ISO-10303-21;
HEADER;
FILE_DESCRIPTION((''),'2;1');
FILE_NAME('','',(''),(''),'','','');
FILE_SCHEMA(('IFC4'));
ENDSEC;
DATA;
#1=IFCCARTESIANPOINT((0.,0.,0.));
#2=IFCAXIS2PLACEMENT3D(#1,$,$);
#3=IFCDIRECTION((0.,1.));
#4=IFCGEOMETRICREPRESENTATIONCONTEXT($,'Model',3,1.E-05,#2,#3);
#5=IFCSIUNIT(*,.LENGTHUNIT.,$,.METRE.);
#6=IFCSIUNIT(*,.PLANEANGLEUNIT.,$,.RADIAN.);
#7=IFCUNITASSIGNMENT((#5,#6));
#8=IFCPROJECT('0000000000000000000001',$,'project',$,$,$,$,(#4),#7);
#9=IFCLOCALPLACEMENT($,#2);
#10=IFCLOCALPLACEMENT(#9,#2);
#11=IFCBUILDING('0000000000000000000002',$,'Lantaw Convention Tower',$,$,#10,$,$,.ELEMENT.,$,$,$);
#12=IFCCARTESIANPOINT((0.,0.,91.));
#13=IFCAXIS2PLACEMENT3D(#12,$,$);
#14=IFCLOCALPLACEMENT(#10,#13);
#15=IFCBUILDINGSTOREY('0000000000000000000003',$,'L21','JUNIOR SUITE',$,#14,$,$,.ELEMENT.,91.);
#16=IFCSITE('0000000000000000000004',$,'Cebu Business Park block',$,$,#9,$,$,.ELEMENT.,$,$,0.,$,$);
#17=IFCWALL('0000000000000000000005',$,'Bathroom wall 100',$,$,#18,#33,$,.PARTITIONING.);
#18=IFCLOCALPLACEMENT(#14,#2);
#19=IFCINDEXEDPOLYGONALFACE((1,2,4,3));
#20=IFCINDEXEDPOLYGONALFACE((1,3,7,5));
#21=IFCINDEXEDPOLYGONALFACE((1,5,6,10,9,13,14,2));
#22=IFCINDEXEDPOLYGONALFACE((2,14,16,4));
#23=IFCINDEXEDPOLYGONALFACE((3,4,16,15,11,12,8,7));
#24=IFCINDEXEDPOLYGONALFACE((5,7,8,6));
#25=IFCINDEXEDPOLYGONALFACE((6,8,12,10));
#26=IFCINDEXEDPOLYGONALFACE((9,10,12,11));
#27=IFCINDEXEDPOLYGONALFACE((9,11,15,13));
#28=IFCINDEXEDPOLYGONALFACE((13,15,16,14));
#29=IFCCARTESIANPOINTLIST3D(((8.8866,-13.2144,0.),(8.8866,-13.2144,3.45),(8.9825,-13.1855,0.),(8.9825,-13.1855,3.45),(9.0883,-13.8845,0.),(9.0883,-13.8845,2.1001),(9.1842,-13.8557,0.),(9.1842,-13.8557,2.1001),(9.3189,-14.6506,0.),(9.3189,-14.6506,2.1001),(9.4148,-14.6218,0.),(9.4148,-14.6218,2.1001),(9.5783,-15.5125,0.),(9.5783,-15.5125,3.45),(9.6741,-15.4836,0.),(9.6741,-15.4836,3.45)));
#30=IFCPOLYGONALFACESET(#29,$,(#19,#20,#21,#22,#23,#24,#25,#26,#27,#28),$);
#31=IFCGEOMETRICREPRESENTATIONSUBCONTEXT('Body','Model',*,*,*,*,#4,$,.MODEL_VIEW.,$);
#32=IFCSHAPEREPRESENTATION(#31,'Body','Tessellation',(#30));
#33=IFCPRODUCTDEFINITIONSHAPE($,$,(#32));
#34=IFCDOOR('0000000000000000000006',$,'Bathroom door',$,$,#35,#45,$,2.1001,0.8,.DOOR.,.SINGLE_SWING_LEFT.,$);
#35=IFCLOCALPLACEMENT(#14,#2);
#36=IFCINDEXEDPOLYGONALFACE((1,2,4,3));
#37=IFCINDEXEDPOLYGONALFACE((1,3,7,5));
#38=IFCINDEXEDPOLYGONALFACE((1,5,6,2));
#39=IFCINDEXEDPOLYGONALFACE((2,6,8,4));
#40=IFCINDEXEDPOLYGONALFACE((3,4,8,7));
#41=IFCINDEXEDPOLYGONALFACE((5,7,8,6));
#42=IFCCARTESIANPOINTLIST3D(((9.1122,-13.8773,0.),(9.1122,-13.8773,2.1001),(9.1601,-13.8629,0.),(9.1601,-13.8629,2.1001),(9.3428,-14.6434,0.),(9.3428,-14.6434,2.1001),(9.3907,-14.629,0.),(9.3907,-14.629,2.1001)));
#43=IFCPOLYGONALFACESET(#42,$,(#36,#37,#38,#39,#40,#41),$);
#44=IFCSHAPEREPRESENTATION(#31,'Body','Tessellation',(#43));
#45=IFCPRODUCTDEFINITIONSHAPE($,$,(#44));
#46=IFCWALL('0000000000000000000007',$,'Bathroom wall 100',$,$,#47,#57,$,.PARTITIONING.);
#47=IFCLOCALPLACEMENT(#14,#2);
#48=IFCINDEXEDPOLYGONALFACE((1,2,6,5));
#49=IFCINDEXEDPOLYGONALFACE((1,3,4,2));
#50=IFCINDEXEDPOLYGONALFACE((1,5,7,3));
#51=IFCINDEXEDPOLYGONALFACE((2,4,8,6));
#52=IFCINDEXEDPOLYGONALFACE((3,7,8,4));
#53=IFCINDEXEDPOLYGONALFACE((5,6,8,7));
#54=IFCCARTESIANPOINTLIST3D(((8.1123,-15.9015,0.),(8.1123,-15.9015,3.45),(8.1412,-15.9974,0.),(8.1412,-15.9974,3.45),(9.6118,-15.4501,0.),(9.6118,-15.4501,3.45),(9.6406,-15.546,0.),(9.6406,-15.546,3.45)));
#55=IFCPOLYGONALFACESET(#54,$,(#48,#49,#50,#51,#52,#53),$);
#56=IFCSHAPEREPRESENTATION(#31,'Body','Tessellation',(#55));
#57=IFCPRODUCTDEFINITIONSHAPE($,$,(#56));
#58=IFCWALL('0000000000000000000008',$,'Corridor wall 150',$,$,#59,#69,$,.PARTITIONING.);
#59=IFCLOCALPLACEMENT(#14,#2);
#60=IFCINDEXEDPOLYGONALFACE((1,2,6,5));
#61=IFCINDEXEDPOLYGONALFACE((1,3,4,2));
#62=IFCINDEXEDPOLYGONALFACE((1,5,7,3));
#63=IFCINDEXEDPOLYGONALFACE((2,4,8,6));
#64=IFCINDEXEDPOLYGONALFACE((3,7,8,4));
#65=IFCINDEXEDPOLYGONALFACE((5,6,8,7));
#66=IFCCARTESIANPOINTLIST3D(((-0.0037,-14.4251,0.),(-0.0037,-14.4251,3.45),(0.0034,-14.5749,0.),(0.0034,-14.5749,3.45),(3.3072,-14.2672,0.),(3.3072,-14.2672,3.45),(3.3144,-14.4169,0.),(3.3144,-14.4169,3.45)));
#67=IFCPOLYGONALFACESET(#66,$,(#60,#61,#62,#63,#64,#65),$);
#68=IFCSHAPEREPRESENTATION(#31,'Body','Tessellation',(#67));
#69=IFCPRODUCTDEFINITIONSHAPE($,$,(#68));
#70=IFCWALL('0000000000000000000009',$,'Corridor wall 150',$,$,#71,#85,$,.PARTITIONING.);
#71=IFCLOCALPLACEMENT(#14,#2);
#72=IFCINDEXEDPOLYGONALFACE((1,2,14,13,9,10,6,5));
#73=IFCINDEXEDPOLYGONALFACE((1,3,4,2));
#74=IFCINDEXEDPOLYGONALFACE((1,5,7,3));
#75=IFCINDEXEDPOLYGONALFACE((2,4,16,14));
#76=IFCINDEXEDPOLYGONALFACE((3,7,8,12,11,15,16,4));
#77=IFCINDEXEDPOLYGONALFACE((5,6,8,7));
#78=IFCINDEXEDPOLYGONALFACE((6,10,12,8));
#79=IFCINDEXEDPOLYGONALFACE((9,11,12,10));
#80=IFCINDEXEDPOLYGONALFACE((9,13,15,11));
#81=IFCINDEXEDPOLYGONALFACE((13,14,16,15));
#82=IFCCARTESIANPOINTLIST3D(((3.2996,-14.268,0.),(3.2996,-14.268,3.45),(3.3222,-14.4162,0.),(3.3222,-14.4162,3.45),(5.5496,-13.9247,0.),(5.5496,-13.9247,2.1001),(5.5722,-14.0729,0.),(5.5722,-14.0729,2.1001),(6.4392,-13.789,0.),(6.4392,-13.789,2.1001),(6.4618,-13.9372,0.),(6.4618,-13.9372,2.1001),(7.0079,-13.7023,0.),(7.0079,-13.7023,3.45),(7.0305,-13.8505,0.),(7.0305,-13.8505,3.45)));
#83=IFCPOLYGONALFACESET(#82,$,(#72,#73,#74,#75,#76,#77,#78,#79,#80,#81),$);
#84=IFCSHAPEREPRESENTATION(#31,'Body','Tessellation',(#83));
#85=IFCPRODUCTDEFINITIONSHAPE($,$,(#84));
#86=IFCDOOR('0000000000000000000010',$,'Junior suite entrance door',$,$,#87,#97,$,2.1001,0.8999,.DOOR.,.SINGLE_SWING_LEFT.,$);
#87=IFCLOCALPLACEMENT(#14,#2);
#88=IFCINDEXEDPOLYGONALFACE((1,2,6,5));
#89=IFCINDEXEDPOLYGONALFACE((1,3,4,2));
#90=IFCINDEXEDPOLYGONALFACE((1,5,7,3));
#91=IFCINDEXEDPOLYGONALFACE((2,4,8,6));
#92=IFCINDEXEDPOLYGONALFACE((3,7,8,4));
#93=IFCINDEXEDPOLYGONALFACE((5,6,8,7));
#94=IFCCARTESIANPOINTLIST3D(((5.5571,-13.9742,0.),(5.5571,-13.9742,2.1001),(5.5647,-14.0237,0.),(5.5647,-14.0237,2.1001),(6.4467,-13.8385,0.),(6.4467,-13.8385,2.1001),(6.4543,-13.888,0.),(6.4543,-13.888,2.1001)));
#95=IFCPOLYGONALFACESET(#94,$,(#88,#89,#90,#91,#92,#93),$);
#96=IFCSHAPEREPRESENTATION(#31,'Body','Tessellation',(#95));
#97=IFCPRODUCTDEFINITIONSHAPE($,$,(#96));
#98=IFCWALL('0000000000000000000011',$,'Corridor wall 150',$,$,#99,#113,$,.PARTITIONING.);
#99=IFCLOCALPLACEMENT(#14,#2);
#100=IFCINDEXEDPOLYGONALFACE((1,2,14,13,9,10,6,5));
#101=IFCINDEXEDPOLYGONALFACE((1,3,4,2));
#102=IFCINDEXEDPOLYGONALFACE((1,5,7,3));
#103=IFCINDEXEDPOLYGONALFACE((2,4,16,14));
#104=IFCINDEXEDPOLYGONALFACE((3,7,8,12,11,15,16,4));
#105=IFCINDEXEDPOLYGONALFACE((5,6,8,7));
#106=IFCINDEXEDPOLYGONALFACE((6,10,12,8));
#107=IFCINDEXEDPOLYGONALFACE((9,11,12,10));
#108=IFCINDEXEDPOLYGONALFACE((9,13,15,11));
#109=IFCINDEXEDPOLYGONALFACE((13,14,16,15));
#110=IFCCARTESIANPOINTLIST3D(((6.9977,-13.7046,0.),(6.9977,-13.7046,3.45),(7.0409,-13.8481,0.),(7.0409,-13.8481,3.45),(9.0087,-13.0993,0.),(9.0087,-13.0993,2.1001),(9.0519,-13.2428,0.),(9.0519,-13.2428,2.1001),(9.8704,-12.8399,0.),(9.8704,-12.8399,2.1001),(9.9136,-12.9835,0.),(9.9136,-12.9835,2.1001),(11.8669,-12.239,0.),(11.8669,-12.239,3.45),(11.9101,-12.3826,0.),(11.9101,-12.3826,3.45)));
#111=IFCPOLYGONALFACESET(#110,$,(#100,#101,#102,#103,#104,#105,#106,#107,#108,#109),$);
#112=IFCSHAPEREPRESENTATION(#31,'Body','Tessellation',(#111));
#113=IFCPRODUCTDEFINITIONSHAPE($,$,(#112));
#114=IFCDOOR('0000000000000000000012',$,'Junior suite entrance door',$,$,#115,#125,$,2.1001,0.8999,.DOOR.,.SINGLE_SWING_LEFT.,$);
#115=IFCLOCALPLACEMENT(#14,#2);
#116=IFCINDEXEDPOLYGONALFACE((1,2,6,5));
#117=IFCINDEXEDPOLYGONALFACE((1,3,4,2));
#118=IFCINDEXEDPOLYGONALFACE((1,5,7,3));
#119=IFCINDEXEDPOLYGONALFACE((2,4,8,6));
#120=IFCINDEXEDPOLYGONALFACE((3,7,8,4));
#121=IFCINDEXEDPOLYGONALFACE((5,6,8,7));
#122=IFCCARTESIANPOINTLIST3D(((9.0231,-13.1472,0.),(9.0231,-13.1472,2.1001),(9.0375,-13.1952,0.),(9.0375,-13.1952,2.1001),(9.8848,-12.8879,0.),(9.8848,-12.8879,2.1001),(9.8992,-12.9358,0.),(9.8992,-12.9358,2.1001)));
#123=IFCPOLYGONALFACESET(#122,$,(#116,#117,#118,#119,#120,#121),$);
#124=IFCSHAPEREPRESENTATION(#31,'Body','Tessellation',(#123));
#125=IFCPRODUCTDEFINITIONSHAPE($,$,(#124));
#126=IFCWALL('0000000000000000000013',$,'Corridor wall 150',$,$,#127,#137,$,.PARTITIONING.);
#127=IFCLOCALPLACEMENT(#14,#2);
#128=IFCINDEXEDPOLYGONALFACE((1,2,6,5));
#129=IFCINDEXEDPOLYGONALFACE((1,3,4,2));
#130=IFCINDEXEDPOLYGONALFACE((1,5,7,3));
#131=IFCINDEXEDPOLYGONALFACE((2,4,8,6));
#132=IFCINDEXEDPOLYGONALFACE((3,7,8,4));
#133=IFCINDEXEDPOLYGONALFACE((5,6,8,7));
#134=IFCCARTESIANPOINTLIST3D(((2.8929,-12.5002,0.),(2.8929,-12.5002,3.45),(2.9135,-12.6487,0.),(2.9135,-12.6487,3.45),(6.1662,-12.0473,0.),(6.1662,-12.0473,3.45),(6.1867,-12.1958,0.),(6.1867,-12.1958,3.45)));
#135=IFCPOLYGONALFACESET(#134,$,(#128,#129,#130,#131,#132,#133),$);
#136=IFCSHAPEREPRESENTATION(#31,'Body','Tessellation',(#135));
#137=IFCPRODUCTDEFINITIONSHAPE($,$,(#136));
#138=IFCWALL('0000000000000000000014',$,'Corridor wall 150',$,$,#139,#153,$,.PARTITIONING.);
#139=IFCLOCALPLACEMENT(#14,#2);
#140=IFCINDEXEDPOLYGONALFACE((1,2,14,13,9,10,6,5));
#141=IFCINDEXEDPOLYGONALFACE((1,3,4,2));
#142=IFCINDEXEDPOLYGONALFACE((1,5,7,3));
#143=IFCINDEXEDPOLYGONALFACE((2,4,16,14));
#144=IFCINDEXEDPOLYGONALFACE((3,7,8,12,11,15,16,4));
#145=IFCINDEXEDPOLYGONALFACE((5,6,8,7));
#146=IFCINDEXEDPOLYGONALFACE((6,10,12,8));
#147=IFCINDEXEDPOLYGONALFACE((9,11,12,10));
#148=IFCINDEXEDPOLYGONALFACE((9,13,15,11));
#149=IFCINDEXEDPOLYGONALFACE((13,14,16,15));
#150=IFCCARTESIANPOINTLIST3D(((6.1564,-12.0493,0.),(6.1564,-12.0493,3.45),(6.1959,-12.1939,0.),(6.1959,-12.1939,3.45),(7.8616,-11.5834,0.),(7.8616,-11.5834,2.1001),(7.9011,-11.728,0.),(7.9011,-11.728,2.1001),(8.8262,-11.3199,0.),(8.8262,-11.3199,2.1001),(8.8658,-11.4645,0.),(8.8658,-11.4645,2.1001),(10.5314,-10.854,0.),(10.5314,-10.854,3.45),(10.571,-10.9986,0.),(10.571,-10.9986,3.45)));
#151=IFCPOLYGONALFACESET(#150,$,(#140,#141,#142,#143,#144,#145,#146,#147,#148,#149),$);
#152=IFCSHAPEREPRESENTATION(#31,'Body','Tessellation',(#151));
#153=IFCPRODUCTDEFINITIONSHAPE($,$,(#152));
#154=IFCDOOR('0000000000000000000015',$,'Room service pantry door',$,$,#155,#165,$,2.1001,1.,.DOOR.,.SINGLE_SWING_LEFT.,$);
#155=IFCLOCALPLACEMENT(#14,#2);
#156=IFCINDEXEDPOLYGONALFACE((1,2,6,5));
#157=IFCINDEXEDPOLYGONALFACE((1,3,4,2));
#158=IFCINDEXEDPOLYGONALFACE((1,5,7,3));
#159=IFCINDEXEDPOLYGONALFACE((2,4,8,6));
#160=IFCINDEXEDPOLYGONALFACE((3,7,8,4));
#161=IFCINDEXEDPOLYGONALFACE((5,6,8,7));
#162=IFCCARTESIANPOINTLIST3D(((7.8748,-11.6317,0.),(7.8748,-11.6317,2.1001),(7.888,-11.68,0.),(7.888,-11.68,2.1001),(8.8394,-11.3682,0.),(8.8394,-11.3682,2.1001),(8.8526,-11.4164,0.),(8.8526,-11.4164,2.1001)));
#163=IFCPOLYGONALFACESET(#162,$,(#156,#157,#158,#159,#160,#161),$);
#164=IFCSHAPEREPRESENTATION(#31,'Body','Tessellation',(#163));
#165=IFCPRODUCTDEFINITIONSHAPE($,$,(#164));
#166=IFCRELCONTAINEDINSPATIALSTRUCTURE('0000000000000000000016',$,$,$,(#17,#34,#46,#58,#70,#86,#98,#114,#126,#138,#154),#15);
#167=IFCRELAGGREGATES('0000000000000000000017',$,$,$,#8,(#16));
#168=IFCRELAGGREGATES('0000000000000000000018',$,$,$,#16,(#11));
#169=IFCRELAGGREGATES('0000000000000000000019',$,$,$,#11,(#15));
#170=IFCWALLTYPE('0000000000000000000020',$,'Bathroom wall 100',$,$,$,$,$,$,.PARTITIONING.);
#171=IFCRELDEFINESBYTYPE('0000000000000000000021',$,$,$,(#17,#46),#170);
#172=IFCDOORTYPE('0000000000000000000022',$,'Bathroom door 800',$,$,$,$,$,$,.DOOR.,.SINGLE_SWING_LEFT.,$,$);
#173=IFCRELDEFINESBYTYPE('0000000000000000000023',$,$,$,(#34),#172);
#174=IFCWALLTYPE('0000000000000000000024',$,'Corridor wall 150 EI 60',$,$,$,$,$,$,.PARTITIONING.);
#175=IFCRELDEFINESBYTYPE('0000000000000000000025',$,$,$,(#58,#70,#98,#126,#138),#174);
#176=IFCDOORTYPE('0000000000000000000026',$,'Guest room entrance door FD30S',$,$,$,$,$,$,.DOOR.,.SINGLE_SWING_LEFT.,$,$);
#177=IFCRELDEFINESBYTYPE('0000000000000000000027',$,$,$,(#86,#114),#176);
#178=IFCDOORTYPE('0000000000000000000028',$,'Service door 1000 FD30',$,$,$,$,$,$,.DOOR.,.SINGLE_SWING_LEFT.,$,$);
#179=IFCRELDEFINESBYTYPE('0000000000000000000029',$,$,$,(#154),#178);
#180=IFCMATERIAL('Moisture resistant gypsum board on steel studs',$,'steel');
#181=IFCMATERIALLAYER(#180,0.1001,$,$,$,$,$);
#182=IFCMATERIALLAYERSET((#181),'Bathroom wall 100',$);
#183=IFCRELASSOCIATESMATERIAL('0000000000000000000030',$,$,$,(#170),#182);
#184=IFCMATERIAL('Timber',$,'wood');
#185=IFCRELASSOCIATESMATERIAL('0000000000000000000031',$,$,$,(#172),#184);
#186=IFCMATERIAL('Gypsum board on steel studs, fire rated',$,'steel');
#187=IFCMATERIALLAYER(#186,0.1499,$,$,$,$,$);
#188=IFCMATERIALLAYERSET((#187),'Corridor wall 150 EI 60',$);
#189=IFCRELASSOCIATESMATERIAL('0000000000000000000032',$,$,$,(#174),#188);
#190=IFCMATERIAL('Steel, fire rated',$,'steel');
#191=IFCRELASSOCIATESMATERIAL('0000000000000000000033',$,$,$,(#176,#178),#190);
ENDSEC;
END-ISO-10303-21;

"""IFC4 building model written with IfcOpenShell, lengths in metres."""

from ifc_helpers import new_model, si_unit, direction, frame, frame_2d, origin, place, context, subcontext, project, spatial, rectangle, extrude, material, layer, layer_set, type_object, element, fill, save


model = new_model("IFC4")

# Units and contexts
model_context = context("Model", 3, precision=1e-05, world=origin(), true_north=direction((0.0, 1.0)))
body_context = subcontext(model_context, "Body", "Model", "MODEL_VIEW")
ifc_project = project(units=[si_unit("LENGTHUNIT", "METRE"), si_unit("PLANEANGLEUNIT", "RADIAN")], contexts=[model_context])

# Site, building, storey
site_placement = place(None, origin())
site = spatial("IfcSite", under=ifc_project, at=site_placement, Name="Cebu Business Park block", CompositionType="ELEMENT", RefElevation=0.0)
building_placement = place(site_placement, origin())
building = spatial("IfcBuilding", under=site, at=building_placement, Name="Lantaw Convention Tower", CompositionType="ELEMENT")
storey_placement = place(building_placement, frame((0.0, 0.0, 91.0)))
storey = spatial("IfcBuildingStorey", under=building, at=storey_placement, Name="L21", Description="JUNIOR SUITE", CompositionType="ELEMENT", Elevation=91.0)

# Shared definitions
ifc_material_1 = material(Name="Moisture resistant gypsum board on steel studs", Category="steel")
ifc_layer_1 = layer(ifc_material_1, 0.1001)
ifc_layer_set_1 = layer_set([ifc_layer_1], Name="Bathroom wall 100")
wall_type_1 = type_object("IfcWallType", Name="Bathroom wall 100", PredefinedType="PARTITIONING", material=ifc_layer_set_1)
ifc_material_2 = material(Name="Timber", Category="wood")
door_type_1 = type_object("IfcDoorType", Name="Bathroom door 800", OperationType="SINGLE_SWING_LEFT", PredefinedType="DOOR", material=ifc_material_2)

# Wall, opening, door
wall_1_placement = place(storey_placement, frame((8.9346, -13.2, 0.0), z_axis=(0.0, 0.0, 1.0), x_axis=(0.288197, -0.957571, 0.0)))
wall_1 = element("IfcWall", 1, at=wall_1_placement, inside=storey, type_object=wall_type_1, Name="Bathroom wall 100", PredefinedType="PARTITIONING", context=body_context, shape_type="SweptSolid", body=[
    extrude(rectangle(XDim=2.3999, YDim=0.1001, at=frame_2d((1.2, 0.0))), origin(), (0.0, 0.0, 1.0), 3.45),
])
opening_1_placement = place(wall_1_placement, frame((0.7, 0.0, 0.0)))
opening_1 = element("IfcOpeningElement", 2, at=opening_1_placement, cuts=wall_1, PredefinedType="OPENING", context=body_context, shape_type="SweptSolid", body=[
    extrude(rectangle(XDim=0.8, YDim=2.1001, at=frame_2d((0.3999, 1.05))), frame((0.0, 0.0601, 0.0), z_axis=(0.0, -1.0, 0.0), x_axis=(1.0, 0.0, 0.0)), (0.0, 0.0, 1.0), 0.1201),
])
door_1_placement = place(opening_1_placement, origin())
door_1 = element("IfcDoor", 3, at=door_1_placement, inside=storey, type_object=door_type_1, Name="Bathroom door", OperationType="SINGLE_SWING_LEFT", OverallHeight=2.1001, OverallWidth=0.8, PredefinedType="DOOR", context=body_context, shape_type="SweptSolid", body=[
    extrude(rectangle(XDim=0.8, YDim=2.1001, at=frame_2d((0.3999, 1.05))), frame((0.0, 0.0249, 0.0), z_axis=(0.0, -1.0, 0.0), x_axis=(1.0, 0.0, 0.0)), (0.0, 0.0, 1.0), 0.05),
])
fill(opening_1, door_1)

# Walls
wall_2_placement = place(storey_placement, frame((9.6262, -15.498, 0.0), z_axis=(0.0, 0.0, 1.0), x_axis=(-0.957551, -0.288263, 0.0)))
element("IfcWall", 4, at=wall_2_placement, inside=storey, type_object=wall_type_1, Name="Bathroom wall 100", PredefinedType="PARTITIONING", context=body_context, shape_type="SweptSolid", body=[
    extrude(rectangle(XDim=1.5659, YDim=0.1001, at=frame_2d((0.783, 0.0))), origin(), (0.0, 0.0, 1.0), 3.45),
])
ifc_material_3 = material(Name="Gypsum board on steel studs, fire rated", Category="steel")
ifc_layer_2 = layer(ifc_material_3, 0.1499)
ifc_layer_set_2 = layer_set([ifc_layer_2], Name="Corridor wall 150 EI 60")
wall_type_2 = type_object("IfcWallType", Name="Corridor wall 150 EI 60", PredefinedType="PARTITIONING", material=ifc_layer_set_2)
wall_3_placement = place(storey_placement, frame((0.0, -14.5, 0.0), z_axis=(0.0, 0.0, 1.0), x_axis=(0.998864, 0.047653, 0.0)))
element("IfcWall", 5, at=wall_3_placement, inside=storey, type_object=wall_type_2, Name="Corridor wall 150", PredefinedType="PARTITIONING", context=body_context, shape_type="SweptSolid", body=[
    extrude(rectangle(XDim=3.3147, YDim=0.1499, at=frame_2d((1.6572, 0.0))), origin(), (0.0, 0.0, 1.0), 3.45),
])

# Walls, openings, doors
wall_4_placement = place(storey_placement, frame((3.311, -14.342, 0.0), z_axis=(0.0, 0.0, 1.0), x_axis=(0.988564, 0.1508, 0.0)))
wall_4 = element("IfcWall", 6, at=wall_4_placement, inside=storey, type_object=wall_type_2, Name="Corridor wall 150", PredefinedType="PARTITIONING", context=body_context, shape_type="SweptSolid", body=[
    extrude(rectangle(XDim=3.7512, YDim=0.1499, at=frame_2d((1.8755, 0.0))), origin(), (0.0, 0.0, 1.0), 3.45),
])
opening_2_placement = place(wall_4_placement, frame((2.2759, 0.0, 0.0)))
opening_2 = element("IfcOpeningElement", 7, at=opening_2_placement, cuts=wall_4, PredefinedType="OPENING", context=body_context, shape_type="SweptSolid", body=[
    extrude(rectangle(XDim=0.8999, YDim=2.1001, at=frame_2d((0.45, 1.05))), frame((0.0, 0.085, 0.0), z_axis=(0.0, -1.0, 0.0), x_axis=(1.0, 0.0, 0.0)), (0.0, 0.0, 1.0), 0.1699),
])
ifc_material_4 = material(Name="Steel, fire rated", Category="steel")
door_type_2 = type_object("IfcDoorType", Name="Guest room entrance door FD30S", OperationType="SINGLE_SWING_LEFT", PredefinedType="DOOR", material=ifc_material_4)
door_2_placement = place(opening_2_placement, origin())
door_2 = element("IfcDoor", 8, at=door_2_placement, inside=storey, type_object=door_type_2, Name="Junior suite entrance door", OperationType="SINGLE_SWING_LEFT", OverallHeight=2.1001, OverallWidth=0.8999, PredefinedType="DOOR", context=body_context, shape_type="SweptSolid", body=[
    extrude(rectangle(XDim=0.8999, YDim=2.1001, at=frame_2d((0.45, 1.05))), frame((0.0, 0.0249, 0.0), z_axis=(0.0, -1.0, 0.0), x_axis=(1.0, 0.0, 0.0)), (0.0, 0.0, 1.0), 0.05),
])
fill(opening_2, door_2)
wall_5_placement = place(storey_placement, frame((7.0193, -13.7764, 0.0), z_axis=(0.0, 0.0, 1.0), x_axis=(0.957564, 0.28822, 0.0)))
wall_5 = element("IfcWall", 9, at=wall_5_placement, inside=storey, type_object=wall_type_2, Name="Corridor wall 150", PredefinedType="PARTITIONING", context=body_context, shape_type="SweptSolid", body=[
    extrude(rectangle(XDim=5.085, YDim=0.1499, at=frame_2d((2.5425, 0.0))), origin(), (0.0, 0.0, 1.0), 3.45),
])
opening_3_placement = place(wall_5_placement, frame((2.1001, 0.0, 0.0)))
opening_3 = element("IfcOpeningElement", 10, at=opening_3_placement, cuts=wall_5, PredefinedType="OPENING", context=body_context, shape_type="SweptSolid", body=[
    extrude(rectangle(XDim=0.8999, YDim=2.1001, at=frame_2d((0.45, 1.05))), frame((0.0, 0.085, 0.0), z_axis=(0.0, -1.0, 0.0), x_axis=(1.0, 0.0, 0.0)), (0.0, 0.0, 1.0), 0.1699),
])
door_3_placement = place(opening_3_placement, origin())
door_3 = element("IfcDoor", 11, at=door_3_placement, inside=storey, type_object=door_type_2, Name="Junior suite entrance door", OperationType="SINGLE_SWING_LEFT", OverallHeight=2.1001, OverallWidth=0.8999, PredefinedType="DOOR", context=body_context, shape_type="SweptSolid", body=[
    extrude(rectangle(XDim=0.8999, YDim=2.1001, at=frame_2d((0.45, 1.05))), frame((0.0, 0.0249, 0.0), z_axis=(0.0, -1.0, 0.0), x_axis=(1.0, 0.0, 0.0)), (0.0, 0.0, 1.0), 0.05),
])
fill(opening_3, door_3)

# Wall
wall_6_placement = place(storey_placement, frame((2.9031, -12.5745, 0.0), z_axis=(0.0, 0.0, 1.0), x_axis=(0.990563, 0.137055, 0.0)))
element("IfcWall", 12, at=wall_6_placement, inside=storey, type_object=wall_type_2, Name="Corridor wall 150", PredefinedType="PARTITIONING", context=body_context, shape_type="SweptSolid", body=[
    extrude(rectangle(XDim=3.3044, YDim=0.1499, at=frame_2d((1.6523, 0.0))), origin(), (0.0, 0.0, 1.0), 3.45),
])

# Wall, opening, door
wall_7_placement = place(storey_placement, frame((6.1763, -12.1216, 0.0), z_axis=(0.0, 0.0, 1.0), x_axis=(0.964644, 0.263555, 0.0)))
wall_7 = element("IfcWall", 13, at=wall_7_placement, inside=storey, type_object=wall_type_2, Name="Corridor wall 150", PredefinedType="PARTITIONING", context=body_context, shape_type="SweptSolid", body=[
    extrude(rectangle(XDim=4.5354, YDim=0.1499, at=frame_2d((2.2676, 0.0))), origin(), (0.0, 0.0, 1.0), 3.45),
])
opening_4_placement = place(wall_7_placement, frame((1.7676, 0.0, 0.0)))
opening_4 = element("IfcOpeningElement", 14, at=opening_4_placement, cuts=wall_7, PredefinedType="OPENING", context=body_context, shape_type="SweptSolid", body=[
    extrude(rectangle(XDim=1.0, YDim=2.1001, at=frame_2d((0.5, 1.05))), frame((0.0, 0.085, 0.0), z_axis=(0.0, -1.0, 0.0), x_axis=(1.0, 0.0, 0.0)), (0.0, 0.0, 1.0), 0.1699),
])
door_type_3 = type_object("IfcDoorType", Name="Service door 1000 FD30", OperationType="SINGLE_SWING_LEFT", PredefinedType="DOOR", material=ifc_material_4)
door_4_placement = place(opening_4_placement, origin())
door_4 = element("IfcDoor", 15, at=door_4_placement, inside=storey, type_object=door_type_3, Name="Room service pantry door", OperationType="SINGLE_SWING_LEFT", OverallHeight=2.1001, OverallWidth=1.0, PredefinedType="DOOR", context=body_context, shape_type="SweptSolid", body=[
    extrude(rectangle(XDim=1.0, YDim=2.1001, at=frame_2d((0.5, 1.05))), frame((0.0, 0.0249, 0.0), z_axis=(0.0, -1.0, 0.0), x_axis=(1.0, 0.0, 0.0)), (0.0, 0.0, 1.0), 0.05),
])
fill(opening_4, door_4)

save(model, "model.ifc")
